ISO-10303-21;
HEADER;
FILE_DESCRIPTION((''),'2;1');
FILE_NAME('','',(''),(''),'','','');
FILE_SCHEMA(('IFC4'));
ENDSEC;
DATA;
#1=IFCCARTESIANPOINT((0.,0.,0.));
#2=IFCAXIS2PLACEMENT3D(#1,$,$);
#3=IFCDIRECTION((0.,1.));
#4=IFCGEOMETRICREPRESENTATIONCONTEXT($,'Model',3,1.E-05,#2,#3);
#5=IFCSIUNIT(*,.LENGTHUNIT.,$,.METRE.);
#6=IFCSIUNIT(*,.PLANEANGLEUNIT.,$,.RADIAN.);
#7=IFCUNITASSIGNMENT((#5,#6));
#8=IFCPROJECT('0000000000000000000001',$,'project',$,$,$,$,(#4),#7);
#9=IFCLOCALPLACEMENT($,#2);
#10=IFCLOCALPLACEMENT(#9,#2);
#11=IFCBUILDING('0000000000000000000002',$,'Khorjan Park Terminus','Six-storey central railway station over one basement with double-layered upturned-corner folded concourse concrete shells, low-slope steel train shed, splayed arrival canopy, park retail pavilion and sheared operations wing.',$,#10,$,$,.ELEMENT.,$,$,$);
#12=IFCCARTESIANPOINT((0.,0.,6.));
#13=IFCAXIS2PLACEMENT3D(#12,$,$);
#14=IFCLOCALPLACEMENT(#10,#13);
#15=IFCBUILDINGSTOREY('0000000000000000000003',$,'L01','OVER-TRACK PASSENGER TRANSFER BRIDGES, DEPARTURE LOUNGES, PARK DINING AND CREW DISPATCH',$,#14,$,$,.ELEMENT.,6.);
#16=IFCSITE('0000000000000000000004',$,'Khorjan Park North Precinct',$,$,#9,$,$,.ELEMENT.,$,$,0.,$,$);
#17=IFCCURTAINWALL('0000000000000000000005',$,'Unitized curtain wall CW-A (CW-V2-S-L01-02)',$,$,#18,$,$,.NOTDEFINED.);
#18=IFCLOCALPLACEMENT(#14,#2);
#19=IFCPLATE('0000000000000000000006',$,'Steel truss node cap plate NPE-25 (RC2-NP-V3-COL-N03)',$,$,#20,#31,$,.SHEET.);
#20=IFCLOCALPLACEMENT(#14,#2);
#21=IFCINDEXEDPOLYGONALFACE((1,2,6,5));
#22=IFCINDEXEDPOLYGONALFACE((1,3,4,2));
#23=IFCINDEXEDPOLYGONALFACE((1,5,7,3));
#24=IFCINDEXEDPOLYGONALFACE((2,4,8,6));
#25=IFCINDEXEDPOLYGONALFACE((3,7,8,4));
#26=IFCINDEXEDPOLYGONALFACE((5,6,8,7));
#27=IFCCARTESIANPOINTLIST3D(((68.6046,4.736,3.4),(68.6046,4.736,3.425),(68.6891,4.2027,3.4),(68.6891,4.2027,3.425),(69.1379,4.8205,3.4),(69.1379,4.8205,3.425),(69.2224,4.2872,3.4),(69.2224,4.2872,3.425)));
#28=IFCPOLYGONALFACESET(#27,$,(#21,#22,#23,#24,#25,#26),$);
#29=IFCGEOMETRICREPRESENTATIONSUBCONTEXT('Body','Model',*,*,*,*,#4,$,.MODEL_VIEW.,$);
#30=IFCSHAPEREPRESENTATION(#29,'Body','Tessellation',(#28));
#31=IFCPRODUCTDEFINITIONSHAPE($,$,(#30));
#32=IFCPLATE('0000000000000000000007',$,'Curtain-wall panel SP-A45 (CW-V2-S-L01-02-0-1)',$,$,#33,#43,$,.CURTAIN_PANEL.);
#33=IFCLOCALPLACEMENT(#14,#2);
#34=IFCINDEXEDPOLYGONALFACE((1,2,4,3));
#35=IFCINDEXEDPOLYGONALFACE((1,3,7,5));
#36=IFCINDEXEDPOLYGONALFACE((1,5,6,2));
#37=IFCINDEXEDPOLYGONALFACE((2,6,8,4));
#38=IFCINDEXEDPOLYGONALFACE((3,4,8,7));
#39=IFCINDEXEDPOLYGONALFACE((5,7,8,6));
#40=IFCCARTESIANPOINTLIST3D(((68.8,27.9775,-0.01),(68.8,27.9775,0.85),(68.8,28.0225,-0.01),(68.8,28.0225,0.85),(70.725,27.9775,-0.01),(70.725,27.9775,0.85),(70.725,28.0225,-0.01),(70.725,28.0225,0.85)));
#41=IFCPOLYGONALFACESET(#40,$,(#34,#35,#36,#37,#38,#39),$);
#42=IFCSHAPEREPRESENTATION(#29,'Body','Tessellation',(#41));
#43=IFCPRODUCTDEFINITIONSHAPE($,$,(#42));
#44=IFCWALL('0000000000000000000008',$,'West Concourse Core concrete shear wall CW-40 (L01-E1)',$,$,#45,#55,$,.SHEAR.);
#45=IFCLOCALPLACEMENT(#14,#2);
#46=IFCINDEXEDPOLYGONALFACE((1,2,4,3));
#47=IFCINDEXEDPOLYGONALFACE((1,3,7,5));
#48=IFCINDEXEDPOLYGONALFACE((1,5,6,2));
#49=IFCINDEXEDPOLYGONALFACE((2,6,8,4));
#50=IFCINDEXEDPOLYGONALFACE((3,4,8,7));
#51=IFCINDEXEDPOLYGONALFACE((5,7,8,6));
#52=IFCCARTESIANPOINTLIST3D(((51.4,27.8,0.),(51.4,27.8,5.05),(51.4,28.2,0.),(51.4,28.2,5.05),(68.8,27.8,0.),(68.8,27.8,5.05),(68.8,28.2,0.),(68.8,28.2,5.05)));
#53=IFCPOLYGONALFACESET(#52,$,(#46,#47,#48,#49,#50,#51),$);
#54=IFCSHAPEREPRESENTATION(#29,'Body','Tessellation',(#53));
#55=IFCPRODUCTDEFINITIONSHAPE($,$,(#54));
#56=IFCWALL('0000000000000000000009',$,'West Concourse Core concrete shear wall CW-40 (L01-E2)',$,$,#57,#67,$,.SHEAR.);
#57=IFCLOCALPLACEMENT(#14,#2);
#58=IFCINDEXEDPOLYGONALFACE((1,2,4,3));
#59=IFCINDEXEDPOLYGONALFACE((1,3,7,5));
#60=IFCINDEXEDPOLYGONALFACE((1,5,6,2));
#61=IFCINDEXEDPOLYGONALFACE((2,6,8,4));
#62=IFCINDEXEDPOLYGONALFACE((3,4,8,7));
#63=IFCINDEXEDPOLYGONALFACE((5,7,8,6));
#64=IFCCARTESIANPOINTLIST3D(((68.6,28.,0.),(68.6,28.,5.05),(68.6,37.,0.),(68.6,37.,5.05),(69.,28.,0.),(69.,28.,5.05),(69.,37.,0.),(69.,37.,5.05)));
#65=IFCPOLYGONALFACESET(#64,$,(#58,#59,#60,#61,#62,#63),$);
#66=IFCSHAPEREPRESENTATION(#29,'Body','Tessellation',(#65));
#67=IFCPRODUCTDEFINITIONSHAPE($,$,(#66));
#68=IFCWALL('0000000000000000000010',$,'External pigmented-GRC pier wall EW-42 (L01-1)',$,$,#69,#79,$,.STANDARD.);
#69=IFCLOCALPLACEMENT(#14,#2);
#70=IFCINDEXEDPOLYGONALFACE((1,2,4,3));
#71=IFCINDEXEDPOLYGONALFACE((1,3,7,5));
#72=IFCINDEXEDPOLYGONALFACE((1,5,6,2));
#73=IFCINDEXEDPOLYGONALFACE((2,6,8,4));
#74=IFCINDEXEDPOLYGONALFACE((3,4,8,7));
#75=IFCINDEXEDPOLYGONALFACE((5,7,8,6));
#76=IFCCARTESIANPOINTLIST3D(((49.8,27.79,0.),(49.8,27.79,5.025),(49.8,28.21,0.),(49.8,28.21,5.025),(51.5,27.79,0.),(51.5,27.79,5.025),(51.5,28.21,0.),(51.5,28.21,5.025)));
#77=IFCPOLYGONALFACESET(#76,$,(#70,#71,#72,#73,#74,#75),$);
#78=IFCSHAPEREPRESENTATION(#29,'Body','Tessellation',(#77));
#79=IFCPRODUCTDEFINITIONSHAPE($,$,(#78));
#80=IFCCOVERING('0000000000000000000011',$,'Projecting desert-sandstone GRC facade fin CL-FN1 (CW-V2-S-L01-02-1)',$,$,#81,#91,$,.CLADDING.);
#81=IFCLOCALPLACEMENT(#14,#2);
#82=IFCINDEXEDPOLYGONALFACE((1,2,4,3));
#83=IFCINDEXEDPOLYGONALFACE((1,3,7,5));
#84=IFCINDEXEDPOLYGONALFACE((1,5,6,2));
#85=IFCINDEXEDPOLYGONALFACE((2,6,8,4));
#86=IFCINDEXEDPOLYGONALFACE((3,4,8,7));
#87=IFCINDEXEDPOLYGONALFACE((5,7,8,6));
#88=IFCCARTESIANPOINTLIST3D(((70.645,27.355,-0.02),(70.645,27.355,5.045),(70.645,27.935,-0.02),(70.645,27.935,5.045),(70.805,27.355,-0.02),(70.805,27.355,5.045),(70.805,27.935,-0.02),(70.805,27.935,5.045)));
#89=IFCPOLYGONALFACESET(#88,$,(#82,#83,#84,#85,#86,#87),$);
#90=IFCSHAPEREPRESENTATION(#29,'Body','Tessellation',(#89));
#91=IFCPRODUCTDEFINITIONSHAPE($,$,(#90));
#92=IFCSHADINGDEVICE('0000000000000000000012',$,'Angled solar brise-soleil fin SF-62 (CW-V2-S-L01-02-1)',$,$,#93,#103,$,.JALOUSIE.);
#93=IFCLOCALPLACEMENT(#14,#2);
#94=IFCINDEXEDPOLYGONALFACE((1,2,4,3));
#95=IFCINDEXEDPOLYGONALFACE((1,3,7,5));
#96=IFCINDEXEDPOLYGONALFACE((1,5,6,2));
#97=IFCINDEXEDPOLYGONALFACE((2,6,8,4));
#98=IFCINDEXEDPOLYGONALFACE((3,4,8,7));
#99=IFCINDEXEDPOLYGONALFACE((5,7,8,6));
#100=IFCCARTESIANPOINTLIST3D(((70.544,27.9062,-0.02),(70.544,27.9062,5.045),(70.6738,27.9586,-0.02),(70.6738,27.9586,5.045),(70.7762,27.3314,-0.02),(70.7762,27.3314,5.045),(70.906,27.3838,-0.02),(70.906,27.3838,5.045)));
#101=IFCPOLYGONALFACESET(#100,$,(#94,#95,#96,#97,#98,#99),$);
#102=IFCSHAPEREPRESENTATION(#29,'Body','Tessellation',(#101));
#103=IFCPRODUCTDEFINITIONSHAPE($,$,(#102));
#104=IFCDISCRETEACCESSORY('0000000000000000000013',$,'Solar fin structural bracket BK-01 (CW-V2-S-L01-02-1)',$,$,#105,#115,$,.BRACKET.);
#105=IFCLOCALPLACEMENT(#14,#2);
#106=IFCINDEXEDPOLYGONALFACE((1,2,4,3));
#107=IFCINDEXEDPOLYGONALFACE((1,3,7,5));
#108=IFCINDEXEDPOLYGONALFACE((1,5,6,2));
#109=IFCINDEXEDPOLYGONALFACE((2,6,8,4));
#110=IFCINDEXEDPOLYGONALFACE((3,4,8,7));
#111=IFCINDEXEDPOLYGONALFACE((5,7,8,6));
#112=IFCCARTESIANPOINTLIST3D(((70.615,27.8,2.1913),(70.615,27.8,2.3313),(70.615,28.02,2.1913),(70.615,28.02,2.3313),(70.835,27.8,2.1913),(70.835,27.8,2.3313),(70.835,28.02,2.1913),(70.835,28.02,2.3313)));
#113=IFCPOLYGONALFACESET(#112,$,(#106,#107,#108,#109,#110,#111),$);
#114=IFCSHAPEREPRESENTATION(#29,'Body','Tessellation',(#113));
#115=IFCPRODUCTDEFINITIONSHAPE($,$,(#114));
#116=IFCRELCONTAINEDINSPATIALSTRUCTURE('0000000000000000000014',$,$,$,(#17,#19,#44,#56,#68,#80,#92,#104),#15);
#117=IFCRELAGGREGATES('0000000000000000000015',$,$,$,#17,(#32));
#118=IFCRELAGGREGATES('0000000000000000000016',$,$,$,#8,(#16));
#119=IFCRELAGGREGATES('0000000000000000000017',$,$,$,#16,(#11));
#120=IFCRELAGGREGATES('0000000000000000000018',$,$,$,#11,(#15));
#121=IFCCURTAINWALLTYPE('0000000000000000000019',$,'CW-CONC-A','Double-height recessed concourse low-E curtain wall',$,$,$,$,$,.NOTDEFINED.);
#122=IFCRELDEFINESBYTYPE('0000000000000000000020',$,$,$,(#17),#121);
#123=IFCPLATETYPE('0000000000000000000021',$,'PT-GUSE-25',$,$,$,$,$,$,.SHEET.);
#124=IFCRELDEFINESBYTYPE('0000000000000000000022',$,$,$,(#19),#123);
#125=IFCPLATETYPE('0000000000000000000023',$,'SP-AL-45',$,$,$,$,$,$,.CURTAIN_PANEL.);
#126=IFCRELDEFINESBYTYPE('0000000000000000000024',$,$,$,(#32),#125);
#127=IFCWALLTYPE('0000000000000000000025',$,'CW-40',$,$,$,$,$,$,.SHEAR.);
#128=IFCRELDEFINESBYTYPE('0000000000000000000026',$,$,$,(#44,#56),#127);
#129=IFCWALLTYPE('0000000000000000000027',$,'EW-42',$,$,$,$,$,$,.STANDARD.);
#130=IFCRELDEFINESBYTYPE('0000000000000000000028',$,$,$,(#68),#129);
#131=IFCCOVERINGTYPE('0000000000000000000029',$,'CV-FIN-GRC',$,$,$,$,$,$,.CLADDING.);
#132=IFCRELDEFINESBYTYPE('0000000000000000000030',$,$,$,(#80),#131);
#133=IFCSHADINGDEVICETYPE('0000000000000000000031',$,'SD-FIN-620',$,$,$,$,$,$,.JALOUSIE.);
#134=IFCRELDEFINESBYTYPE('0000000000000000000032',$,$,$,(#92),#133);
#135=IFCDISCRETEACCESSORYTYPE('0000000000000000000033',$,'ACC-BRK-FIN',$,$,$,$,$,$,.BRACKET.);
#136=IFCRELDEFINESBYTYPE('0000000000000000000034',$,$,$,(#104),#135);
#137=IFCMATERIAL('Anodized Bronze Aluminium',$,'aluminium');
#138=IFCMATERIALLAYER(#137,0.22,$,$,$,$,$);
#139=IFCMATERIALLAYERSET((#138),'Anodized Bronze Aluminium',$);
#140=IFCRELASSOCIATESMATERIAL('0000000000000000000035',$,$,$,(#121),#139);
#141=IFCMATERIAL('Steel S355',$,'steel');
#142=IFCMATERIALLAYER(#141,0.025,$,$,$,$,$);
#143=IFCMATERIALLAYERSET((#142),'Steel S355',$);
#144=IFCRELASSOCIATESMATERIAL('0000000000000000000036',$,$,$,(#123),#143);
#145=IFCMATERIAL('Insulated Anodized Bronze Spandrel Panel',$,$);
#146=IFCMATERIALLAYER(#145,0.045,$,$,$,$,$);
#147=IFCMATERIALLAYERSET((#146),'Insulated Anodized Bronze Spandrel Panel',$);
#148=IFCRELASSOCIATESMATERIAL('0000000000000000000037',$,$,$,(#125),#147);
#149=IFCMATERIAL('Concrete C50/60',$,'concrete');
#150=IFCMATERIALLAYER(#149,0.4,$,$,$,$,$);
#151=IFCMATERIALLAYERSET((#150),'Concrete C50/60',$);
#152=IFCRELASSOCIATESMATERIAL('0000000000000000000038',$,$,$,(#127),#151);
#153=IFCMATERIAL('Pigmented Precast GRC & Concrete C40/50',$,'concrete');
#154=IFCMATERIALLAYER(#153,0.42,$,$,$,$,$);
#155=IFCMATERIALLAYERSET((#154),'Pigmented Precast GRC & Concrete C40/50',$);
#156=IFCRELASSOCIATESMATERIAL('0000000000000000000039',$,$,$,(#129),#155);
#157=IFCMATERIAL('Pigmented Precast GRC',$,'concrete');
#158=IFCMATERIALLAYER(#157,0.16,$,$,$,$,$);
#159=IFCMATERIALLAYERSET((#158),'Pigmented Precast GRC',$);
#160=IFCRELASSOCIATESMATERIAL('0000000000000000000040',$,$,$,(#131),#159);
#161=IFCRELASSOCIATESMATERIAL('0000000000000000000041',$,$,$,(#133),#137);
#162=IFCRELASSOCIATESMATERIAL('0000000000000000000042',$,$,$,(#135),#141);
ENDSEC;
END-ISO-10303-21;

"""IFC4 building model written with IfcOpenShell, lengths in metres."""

from ifc_helpers import new_model, si_unit, direction, frame, frame_2d, origin, origin_2d, place, context, subcontext, project, spatial, rectangle, extrude, material, layer, layer_set, type_object, element, aggregate, save


model = new_model("IFC4")

# Units and contexts
model_context = context("Model", 3, precision=1e-05, world=origin(), true_north=direction((0.0, 1.0)))
body_context = subcontext(model_context, "Body", "Model", "MODEL_VIEW")
ifc_project = project(units=[si_unit("LENGTHUNIT", "METRE"), si_unit("PLANEANGLEUNIT", "RADIAN")], contexts=[model_context])

# Site, building, storey
site_placement = place(None, origin())
site = spatial("IfcSite", under=ifc_project, at=site_placement, Name="Khorjan Park North Precinct", CompositionType="ELEMENT", RefElevation=0.0)
building_placement = place(site_placement, origin())
building = spatial("IfcBuilding", under=site, at=building_placement, Name="Khorjan Park Terminus", Description="Six-storey central railway station over one basement with double-layered upturned-corner folded concourse concrete shells, low-slope steel train shed, splayed arrival canopy, park retail pavilion and sheared operations wing.", CompositionType="ELEMENT")
storey_placement = place(building_placement, frame((0.0, 0.0, 6.0)))
storey = spatial("IfcBuildingStorey", under=building, at=storey_placement, Name="L01", Description="OVER-TRACK PASSENGER TRANSFER BRIDGES, DEPARTURE LOUNGES, PARK DINING AND CREW DISPATCH", CompositionType="ELEMENT", Elevation=6.0)

# Shared definitions
ifc_material_1 = material(Name="Concrete C50/60", Category="concrete")
ifc_material_2 = material(Name="Steel S355", Category="steel")

# Curtain wall
ifc_material_3 = material(Name="Anodized Bronze Aluminium", Category="aluminium")
ifc_layer_1 = layer(ifc_material_3, 0.22)
ifc_layer_set_1 = layer_set([ifc_layer_1], Name="Anodized Bronze Aluminium")
curtain_wall_type = type_object("IfcCurtainWallType", Name="CW-CONC-A", Description="Double-height recessed concourse low-E curtain wall", PredefinedType="NOTDEFINED", material=ifc_layer_set_1)
curtain_wall_1_placement = place(storey_placement, origin())
curtain_wall_1 = element("IfcCurtainWall", 1, at=curtain_wall_1_placement, inside=storey, type_object=curtain_wall_type, Name="Unitized curtain wall CW-A (CW-V2-S-L01-02)", PredefinedType="NOTDEFINED")

# Plate
ifc_layer_2 = layer(ifc_material_2, 0.025)
ifc_layer_set_2 = layer_set([ifc_layer_2], Name="Steel S355")
plate_type_1 = type_object("IfcPlateType", Name="PT-GUSE-25", PredefinedType="SHEET", material=ifc_layer_set_2)
for number, where, z_axis, x_axis, name in (
    (2, (68.9135, 4.5116, 3.4), (0.0, 0.0, 1.0), (0.987688, 0.156434, 0.0), "Steel truss node cap plate NPE-25 (RC2-NP-V3-COL-N03)"),
):
    element("IfcPlate", number, at=place(storey_placement, frame(where, z_axis=z_axis, x_axis=x_axis)), inside=storey, type_object=plate_type_1, Name=name, PredefinedType="SHEET", context=body_context, shape_type="SweptSolid", body=[
        extrude(rectangle(XDim=0.54, YDim=0.54, at=origin_2d()), origin(), (0.0, 0.0, 1.0), 0.025),
    ])

# Plate
ifc_material_4 = material(Name="Insulated Anodized Bronze Spandrel Panel")
ifc_layer_3 = layer(ifc_material_4, 0.045)
ifc_layer_set_3 = layer_set([ifc_layer_3], Name="Insulated Anodized Bronze Spandrel Panel")
plate_type_2 = type_object("IfcPlateType", Name="SP-AL-45", PredefinedType="CURTAIN_PANEL", material=ifc_layer_set_3)
plate_placement = place(storey_placement, frame((69.7625, 28.0, -0.01), z_axis=(0.0, 0.0, 1.0), x_axis=(1.0, 0.0, 0.0)))
plate = element("IfcPlate", 3, at=plate_placement, type_object=plate_type_2, Name="Curtain-wall panel SP-A45 (CW-V2-S-L01-02-0-1)", PredefinedType="CURTAIN_PANEL", context=body_context, shape_type="SweptSolid", body=[
    extrude(rectangle(XDim=1.925, YDim=0.045, at=origin_2d()), origin(), (0.0, 0.0, 1.0), 0.86),
])
aggregate(curtain_wall_1, [plate])

# Walls
ifc_layer_4 = layer(ifc_material_1, 0.4)
ifc_layer_set_4 = layer_set([ifc_layer_4], Name="Concrete C50/60")
wall_type_1 = type_object("IfcWallType", Name="CW-40", PredefinedType="SHEAR", material=ifc_layer_set_4)
wall_1_placement = place(storey_placement, frame((51.4, 28.0, 0.0), z_axis=(0.0, 0.0, 1.0), x_axis=(1.0, 0.0, 0.0)))
element("IfcWall", 4, at=wall_1_placement, inside=storey, type_object=wall_type_1, Name="West Concourse Core concrete shear wall CW-40 (L01-E1)", PredefinedType="SHEAR", context=body_context, shape_type="SweptSolid", body=[
    extrude(rectangle(XDim=17.4, YDim=0.4, at=frame_2d((8.7, 0.0))), origin(), (0.0, 0.0, 1.0), 5.05),
])
wall_2_placement = place(storey_placement, frame((68.8, 28.0, 0.0), z_axis=(0.0, 0.0, 1.0), x_axis=(0.0, 1.0, 0.0)))
element("IfcWall", 5, at=wall_2_placement, inside=storey, type_object=wall_type_1, Name="West Concourse Core concrete shear wall CW-40 (L01-E2)", PredefinedType="SHEAR", context=body_context, shape_type="SweptSolid", body=[
    extrude(rectangle(XDim=9.0, YDim=0.4, at=frame_2d((4.5, 0.0))), origin(), (0.0, 0.0, 1.0), 5.05),
])
ifc_material_5 = material(Name="Pigmented Precast GRC & Concrete C40/50", Category="concrete")
ifc_layer_5 = layer(ifc_material_5, 0.42)
ifc_layer_set_5 = layer_set([ifc_layer_5], Name="Pigmented Precast GRC & Concrete C40/50")
wall_type_2 = type_object("IfcWallType", Name="EW-42", PredefinedType="STANDARD", material=ifc_layer_set_5)
wall_3_placement = place(storey_placement, frame((49.8, 28.0, 0.0), z_axis=(0.0, 0.0, 1.0), x_axis=(1.0, 0.0, 0.0)))
element("IfcWall", 6, at=wall_3_placement, inside=storey, type_object=wall_type_2, Name="External pigmented-GRC pier wall EW-42 (L01-1)", PredefinedType="STANDARD", context=body_context, shape_type="SweptSolid", body=[
    extrude(rectangle(XDim=1.7, YDim=0.42, at=frame_2d((0.85, 0.0))), origin(), (0.0, 0.0, 1.0), 5.025),
])

# Covering
ifc_material_6 = material(Name="Pigmented Precast GRC", Category="concrete")
ifc_layer_6 = layer(ifc_material_6, 0.16)
ifc_layer_set_6 = layer_set([ifc_layer_6], Name="Pigmented Precast GRC")
covering_type = type_object("IfcCoveringType", Name="CV-FIN-GRC", PredefinedType="CLADDING", material=ifc_layer_set_6)
covering_placement = place(storey_placement, frame((70.725, 27.645, -0.02), z_axis=(0.0, 0.0, 1.0), x_axis=(0.0, 1.0, 0.0)))
element("IfcCovering", 7, at=covering_placement, inside=storey, type_object=covering_type, Name="Projecting desert-sandstone GRC facade fin CL-FN1 (CW-V2-S-L01-02-1)", PredefinedType="CLADDING", context=body_context, shape_type="SweptSolid", body=[
    extrude(rectangle(XDim=0.58, YDim=0.16, at=origin_2d()), origin(), (0.0, 0.0, 1.0), 5.065),
])

# Shading device
shading_device_type = type_object("IfcShadingDeviceType", Name="SD-FIN-620", PredefinedType="JALOUSIE", material=ifc_material_3)
shading_device_placement = place(storey_placement, frame((70.725, 27.645, -0.02), z_axis=(0.0, 0.0, 1.0), x_axis=(-0.374607, 0.927184, 0.0)))
element("IfcShadingDevice", 8, at=shading_device_placement, inside=storey, type_object=shading_device_type, Name="Angled solar brise-soleil fin SF-62 (CW-V2-S-L01-02-1)", PredefinedType="JALOUSIE", context=body_context, shape_type="SweptSolid", body=[
    extrude(rectangle(XDim=0.62, YDim=0.14, at=origin_2d()), origin(), (0.0, 0.0, 1.0), 5.065),
])

# Discrete accessory
discrete_accessory_type = type_object("IfcDiscreteAccessoryType", Name="ACC-BRK-FIN", PredefinedType="BRACKET", material=ifc_material_2)
discrete_accessory_placement = place(storey_placement, frame((70.725, 27.91, 2.1913), z_axis=(0.0, 0.0, 1.0), x_axis=(1.0, 0.0, 0.0)))
element("IfcDiscreteAccessory", 9, at=discrete_accessory_placement, inside=storey, type_object=discrete_accessory_type, Name="Solar fin structural bracket BK-01 (CW-V2-S-L01-02-1)", PredefinedType="BRACKET", context=body_context, shape_type="SweptSolid", body=[
    extrude(rectangle(XDim=0.22, YDim=0.22, at=origin_2d()), origin(), (0.0, 0.0, 1.0), 0.14),
])

save(model, "model.ifc")
